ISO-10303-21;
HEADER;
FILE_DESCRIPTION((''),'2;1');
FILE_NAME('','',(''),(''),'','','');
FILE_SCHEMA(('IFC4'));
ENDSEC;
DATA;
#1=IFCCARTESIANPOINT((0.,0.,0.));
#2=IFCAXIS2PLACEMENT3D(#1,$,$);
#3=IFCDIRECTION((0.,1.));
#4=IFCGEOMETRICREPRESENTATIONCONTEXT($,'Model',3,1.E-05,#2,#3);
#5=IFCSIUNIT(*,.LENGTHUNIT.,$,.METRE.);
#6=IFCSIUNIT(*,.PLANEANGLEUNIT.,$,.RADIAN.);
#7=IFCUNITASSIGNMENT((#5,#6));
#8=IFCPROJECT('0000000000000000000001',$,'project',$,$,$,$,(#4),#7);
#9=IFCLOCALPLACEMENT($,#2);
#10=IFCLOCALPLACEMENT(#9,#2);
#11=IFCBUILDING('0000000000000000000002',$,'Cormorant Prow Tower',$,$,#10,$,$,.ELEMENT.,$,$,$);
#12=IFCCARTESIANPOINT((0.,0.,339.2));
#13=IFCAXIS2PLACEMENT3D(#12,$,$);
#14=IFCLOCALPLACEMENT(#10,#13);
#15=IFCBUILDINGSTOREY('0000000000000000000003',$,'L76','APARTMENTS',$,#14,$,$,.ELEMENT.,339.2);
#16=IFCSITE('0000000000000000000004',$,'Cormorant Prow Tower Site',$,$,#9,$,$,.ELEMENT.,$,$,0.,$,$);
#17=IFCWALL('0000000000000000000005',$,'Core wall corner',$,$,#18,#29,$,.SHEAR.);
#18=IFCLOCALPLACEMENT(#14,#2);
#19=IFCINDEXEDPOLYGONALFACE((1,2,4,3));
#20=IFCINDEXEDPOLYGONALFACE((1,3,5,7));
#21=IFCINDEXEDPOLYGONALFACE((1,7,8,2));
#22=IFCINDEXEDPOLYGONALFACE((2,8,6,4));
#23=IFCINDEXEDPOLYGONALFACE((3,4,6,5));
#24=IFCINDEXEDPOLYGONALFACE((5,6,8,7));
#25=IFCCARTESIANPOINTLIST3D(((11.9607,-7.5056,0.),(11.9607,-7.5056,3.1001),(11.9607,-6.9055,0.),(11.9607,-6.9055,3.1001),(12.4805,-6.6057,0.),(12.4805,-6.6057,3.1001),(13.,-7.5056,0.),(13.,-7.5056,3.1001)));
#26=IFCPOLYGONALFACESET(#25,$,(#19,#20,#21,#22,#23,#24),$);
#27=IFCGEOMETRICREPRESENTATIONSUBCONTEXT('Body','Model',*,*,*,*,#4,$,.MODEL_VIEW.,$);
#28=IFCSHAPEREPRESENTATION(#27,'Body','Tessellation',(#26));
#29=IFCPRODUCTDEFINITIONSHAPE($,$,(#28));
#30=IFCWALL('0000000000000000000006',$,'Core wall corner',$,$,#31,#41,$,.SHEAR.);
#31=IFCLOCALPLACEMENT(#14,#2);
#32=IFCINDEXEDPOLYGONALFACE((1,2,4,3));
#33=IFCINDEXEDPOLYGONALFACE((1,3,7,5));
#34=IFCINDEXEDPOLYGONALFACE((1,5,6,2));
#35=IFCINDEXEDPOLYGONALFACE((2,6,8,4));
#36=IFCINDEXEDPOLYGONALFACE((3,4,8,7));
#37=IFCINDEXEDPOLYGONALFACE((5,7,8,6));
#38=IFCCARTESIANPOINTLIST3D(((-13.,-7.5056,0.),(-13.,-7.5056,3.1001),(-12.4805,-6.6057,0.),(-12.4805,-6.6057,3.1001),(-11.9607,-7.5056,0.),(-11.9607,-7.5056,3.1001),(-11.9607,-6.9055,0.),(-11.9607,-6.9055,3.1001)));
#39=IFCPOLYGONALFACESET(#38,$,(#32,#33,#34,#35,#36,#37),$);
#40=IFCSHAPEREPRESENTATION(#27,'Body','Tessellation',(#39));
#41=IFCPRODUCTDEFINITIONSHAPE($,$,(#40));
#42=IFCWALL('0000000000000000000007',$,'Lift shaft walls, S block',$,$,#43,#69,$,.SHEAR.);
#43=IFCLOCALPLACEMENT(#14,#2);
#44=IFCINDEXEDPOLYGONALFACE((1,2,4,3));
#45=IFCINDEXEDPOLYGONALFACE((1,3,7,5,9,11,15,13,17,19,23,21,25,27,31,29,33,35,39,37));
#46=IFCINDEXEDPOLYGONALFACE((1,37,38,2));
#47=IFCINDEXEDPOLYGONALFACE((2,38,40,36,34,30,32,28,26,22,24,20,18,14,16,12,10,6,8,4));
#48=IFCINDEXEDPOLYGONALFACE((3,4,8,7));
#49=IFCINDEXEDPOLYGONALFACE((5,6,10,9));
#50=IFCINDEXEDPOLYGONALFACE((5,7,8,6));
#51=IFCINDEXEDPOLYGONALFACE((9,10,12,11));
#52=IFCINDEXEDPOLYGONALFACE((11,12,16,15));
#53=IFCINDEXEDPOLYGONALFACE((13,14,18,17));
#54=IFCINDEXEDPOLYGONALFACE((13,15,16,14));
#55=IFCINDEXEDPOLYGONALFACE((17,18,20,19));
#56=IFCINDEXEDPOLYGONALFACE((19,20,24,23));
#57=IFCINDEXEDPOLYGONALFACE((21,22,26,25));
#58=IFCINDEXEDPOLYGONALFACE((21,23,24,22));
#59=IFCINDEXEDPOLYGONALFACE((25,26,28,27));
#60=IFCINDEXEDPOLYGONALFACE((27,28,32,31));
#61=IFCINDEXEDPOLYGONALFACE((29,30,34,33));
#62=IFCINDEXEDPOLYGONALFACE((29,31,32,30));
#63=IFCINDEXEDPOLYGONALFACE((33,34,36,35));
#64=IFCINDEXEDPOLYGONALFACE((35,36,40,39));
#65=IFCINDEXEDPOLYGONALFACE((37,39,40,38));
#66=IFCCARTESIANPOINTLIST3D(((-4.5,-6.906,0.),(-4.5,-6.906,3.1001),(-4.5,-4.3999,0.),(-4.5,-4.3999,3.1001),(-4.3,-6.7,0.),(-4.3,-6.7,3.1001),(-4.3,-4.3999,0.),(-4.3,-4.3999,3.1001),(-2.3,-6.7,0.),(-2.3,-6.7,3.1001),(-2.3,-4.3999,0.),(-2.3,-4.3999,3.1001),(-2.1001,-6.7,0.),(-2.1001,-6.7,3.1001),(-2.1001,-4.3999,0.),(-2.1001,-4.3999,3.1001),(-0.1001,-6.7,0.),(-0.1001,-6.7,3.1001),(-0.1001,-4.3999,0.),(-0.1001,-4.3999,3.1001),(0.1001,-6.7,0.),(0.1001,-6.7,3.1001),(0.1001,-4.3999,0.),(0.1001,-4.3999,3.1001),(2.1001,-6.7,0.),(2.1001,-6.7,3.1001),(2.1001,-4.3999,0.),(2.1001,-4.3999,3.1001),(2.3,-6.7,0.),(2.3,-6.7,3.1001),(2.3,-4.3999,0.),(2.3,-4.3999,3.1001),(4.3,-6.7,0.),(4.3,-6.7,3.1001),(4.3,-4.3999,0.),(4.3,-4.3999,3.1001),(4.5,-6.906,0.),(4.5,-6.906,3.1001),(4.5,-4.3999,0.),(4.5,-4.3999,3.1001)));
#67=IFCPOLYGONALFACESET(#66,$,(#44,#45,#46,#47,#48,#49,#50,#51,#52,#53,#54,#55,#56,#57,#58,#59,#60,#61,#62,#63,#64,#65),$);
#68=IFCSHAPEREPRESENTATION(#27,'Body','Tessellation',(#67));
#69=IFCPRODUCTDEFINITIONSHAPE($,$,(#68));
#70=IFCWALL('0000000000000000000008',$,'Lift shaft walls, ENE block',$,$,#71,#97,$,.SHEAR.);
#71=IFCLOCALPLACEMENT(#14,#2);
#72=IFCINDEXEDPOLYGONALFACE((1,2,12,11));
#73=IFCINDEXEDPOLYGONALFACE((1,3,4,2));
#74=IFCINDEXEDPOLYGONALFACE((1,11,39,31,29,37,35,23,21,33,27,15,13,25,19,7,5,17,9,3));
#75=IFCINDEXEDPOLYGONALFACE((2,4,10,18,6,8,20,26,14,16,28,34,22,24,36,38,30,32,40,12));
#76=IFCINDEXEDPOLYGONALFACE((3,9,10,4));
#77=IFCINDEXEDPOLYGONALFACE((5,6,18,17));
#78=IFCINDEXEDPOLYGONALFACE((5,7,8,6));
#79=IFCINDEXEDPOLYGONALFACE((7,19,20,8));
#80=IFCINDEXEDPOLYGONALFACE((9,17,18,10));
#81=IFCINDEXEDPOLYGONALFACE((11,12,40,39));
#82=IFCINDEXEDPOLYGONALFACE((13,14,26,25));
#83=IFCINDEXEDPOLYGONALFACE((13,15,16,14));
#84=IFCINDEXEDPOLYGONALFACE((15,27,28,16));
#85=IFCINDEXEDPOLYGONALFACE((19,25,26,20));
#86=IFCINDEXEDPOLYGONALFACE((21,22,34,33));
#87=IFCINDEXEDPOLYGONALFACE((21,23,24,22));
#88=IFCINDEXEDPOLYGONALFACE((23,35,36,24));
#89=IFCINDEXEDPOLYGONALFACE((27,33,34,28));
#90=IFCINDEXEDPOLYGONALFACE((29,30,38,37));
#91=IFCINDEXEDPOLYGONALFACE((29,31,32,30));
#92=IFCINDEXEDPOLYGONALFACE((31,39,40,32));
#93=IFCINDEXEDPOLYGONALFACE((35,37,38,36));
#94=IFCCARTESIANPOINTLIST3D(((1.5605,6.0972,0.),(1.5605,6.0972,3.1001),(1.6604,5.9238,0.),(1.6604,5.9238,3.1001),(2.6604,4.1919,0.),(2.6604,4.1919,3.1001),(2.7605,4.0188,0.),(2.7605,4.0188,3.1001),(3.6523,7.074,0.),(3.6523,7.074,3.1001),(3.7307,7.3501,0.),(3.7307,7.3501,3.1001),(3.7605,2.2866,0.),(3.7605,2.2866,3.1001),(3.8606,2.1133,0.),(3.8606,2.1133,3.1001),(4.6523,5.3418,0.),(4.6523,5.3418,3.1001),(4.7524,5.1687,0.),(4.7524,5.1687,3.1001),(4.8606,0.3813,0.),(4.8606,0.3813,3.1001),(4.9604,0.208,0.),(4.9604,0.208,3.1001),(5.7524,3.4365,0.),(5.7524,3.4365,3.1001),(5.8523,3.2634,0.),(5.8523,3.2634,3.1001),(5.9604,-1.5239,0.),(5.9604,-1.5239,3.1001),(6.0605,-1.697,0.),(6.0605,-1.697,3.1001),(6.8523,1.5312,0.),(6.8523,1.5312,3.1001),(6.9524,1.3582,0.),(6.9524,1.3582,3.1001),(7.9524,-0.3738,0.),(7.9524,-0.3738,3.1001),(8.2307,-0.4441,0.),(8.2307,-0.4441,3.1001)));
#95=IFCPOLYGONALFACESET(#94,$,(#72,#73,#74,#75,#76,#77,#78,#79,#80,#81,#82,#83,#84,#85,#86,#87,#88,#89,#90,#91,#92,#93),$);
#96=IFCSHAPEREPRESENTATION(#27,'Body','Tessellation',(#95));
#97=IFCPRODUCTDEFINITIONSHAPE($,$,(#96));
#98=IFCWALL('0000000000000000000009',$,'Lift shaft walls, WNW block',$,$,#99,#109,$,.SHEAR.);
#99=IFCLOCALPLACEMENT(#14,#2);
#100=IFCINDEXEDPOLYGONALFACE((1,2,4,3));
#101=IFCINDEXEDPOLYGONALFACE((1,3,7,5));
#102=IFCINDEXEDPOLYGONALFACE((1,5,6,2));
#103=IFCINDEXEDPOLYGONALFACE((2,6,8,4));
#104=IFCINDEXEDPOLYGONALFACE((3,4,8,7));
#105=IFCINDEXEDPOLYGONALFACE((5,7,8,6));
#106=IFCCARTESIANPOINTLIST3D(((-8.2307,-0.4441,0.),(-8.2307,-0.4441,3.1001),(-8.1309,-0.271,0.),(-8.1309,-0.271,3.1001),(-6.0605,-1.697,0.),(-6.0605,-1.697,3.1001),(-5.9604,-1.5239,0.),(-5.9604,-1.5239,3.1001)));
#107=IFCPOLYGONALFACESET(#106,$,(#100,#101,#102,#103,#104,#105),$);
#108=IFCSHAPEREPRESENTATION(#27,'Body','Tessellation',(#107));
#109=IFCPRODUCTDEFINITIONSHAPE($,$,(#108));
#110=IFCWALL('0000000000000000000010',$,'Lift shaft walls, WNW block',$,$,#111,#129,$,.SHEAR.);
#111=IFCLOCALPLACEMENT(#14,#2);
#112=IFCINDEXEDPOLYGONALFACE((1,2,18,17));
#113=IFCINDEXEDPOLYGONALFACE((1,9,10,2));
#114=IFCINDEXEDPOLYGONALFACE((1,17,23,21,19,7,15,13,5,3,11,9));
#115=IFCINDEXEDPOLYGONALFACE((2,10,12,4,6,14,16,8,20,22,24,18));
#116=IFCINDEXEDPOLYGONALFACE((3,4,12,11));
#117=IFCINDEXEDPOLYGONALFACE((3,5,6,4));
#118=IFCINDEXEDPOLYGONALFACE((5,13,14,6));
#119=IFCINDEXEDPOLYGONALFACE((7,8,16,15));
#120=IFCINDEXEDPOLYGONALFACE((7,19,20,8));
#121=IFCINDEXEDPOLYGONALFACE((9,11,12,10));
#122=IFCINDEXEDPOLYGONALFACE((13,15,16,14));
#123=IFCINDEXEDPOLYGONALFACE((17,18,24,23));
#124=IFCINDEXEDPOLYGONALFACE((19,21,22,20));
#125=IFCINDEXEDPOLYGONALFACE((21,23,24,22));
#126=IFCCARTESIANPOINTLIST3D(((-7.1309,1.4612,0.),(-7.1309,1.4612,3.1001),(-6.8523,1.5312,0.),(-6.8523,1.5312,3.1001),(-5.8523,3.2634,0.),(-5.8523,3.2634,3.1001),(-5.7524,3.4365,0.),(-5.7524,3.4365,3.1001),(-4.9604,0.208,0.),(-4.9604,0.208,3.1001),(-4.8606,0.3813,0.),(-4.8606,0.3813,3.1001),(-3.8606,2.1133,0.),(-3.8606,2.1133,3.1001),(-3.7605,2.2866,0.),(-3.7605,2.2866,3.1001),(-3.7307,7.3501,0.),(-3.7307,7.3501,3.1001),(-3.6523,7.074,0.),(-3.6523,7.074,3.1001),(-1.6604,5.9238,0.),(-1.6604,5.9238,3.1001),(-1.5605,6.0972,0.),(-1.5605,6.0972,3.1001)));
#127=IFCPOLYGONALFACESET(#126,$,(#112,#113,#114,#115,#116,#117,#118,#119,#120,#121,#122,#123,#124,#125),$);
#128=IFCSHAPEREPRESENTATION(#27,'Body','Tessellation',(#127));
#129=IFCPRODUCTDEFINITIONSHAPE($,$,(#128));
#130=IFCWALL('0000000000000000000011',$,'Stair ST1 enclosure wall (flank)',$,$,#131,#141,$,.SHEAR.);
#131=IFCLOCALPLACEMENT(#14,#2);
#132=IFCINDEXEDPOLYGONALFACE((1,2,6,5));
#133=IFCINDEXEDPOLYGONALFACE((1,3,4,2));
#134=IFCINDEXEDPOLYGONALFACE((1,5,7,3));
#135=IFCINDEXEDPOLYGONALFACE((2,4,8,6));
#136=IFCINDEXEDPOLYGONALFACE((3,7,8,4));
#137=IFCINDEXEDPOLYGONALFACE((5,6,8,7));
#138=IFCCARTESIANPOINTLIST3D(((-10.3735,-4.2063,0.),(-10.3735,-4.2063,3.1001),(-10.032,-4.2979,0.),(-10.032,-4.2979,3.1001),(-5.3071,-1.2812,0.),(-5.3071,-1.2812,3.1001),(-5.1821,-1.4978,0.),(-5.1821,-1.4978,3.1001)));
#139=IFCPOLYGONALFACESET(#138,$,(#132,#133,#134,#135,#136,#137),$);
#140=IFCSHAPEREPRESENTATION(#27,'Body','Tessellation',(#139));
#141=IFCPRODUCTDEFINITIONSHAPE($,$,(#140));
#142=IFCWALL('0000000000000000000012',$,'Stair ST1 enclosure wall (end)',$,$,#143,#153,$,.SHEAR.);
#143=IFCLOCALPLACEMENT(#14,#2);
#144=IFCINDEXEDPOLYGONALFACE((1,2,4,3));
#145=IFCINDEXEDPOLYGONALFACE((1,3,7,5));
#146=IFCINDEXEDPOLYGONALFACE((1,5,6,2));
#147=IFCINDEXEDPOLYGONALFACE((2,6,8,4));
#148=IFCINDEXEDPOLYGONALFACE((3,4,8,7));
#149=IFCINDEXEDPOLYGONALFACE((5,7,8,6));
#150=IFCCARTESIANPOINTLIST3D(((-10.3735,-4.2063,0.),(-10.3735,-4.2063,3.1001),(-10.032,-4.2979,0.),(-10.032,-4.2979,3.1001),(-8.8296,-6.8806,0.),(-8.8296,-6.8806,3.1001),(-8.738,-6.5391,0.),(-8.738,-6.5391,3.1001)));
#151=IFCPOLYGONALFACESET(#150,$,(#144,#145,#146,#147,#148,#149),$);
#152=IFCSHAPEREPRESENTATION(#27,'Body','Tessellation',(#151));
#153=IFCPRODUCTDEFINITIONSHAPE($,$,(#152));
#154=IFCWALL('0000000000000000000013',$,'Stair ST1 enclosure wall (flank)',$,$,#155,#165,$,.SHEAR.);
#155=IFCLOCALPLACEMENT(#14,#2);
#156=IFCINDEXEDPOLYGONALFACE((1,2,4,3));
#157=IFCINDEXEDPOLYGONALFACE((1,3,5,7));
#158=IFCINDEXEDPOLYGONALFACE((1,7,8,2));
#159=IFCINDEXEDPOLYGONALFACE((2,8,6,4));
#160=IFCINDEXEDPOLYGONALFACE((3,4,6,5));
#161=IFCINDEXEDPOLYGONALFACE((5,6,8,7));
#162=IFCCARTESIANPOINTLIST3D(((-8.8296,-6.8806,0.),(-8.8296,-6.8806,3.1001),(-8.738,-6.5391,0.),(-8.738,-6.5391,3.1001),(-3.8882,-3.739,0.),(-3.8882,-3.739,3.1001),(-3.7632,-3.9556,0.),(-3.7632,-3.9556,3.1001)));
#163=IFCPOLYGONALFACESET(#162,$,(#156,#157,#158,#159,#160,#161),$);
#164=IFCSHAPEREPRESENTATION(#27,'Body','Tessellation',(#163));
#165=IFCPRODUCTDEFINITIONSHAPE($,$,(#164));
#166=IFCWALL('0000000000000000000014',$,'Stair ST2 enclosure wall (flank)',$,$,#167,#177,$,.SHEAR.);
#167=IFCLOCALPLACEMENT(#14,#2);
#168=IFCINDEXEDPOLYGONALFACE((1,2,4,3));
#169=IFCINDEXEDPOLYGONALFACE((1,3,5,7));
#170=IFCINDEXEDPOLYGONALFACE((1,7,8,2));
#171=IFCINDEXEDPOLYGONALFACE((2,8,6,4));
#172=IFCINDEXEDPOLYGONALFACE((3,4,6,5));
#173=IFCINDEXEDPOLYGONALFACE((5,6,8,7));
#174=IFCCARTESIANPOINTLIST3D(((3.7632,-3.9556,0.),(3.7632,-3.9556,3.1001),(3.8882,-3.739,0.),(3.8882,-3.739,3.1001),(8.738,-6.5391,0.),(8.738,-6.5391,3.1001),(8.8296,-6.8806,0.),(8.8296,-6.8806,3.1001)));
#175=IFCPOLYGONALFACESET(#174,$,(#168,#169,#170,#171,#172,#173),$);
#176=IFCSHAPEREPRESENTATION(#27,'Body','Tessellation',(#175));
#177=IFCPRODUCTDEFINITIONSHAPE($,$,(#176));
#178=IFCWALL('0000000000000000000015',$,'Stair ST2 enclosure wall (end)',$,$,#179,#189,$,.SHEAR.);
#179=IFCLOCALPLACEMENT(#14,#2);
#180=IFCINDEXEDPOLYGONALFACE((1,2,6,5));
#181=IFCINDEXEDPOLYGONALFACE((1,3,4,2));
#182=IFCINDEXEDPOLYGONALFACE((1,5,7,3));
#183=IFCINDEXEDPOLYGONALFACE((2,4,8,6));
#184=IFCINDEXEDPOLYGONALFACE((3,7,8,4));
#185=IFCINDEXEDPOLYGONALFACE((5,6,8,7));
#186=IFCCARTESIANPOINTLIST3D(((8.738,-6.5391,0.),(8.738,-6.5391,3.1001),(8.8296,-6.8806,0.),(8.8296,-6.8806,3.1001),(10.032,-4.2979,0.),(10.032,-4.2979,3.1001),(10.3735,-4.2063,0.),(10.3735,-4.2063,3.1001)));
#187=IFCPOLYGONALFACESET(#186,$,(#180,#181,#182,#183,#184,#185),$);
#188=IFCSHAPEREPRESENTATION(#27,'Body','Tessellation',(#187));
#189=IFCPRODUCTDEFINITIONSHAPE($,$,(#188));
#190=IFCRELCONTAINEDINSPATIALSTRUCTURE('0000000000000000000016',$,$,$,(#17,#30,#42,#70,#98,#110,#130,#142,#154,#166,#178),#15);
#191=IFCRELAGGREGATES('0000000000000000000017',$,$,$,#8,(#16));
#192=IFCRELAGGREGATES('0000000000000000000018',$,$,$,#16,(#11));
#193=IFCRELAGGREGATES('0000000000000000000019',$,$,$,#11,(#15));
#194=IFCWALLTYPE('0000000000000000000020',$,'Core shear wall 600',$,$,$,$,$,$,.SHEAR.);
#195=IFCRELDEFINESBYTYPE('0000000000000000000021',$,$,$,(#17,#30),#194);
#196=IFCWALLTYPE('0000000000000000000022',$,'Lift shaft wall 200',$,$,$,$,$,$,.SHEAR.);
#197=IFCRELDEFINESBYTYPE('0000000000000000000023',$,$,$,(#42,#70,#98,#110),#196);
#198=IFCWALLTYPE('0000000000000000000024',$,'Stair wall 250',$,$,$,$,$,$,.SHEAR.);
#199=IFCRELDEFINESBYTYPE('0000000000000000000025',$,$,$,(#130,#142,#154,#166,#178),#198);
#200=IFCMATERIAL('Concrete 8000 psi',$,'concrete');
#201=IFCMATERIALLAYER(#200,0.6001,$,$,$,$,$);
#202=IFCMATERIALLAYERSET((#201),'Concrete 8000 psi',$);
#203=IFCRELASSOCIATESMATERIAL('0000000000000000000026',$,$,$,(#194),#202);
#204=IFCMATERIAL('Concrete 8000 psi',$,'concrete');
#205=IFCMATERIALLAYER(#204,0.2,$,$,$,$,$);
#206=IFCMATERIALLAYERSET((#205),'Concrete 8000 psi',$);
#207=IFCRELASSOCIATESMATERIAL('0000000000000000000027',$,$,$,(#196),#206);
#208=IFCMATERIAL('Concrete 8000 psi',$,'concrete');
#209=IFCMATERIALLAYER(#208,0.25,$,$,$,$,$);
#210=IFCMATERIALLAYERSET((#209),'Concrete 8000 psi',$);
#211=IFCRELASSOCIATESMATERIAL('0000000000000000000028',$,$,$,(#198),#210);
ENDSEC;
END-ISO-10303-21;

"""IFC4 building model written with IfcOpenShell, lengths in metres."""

from ifc_helpers import new_model, si_unit, direction, frame, origin, place, context, subcontext, project, spatial, polyline, outline, extrude, material, layer, layer_set, type_object, element, save


model = new_model("IFC4")

# Units and contexts
model_context = context("Model", 3, precision=1e-05, world=origin(), true_north=direction((0.0, 1.0)))
body_context = subcontext(model_context, "Body", "Model", "MODEL_VIEW")
ifc_project = project(units=[si_unit("LENGTHUNIT", "METRE"), si_unit("PLANEANGLEUNIT", "RADIAN")], contexts=[model_context])

# Site, building, storey
site_placement = place(None, origin())
site = spatial("IfcSite", under=ifc_project, at=site_placement, Name="Cormorant Prow Tower Site", CompositionType="ELEMENT", RefElevation=0.0)
building_placement = place(site_placement, origin())
building = spatial("IfcBuilding", under=site, at=building_placement, Name="Cormorant Prow Tower", CompositionType="ELEMENT")
storey_placement = place(building_placement, frame((0.0, 0.0, 339.2)))
storey = spatial("IfcBuildingStorey", under=building, at=storey_placement, Name="L76", Description="APARTMENTS", CompositionType="ELEMENT", Elevation=339.2)

# Walls
ifc_material_1 = material(Name="Concrete 8000 psi", Category="concrete")
ifc_layer_1 = layer(ifc_material_1, 0.6001)
ifc_layer_set_1 = layer_set([ifc_layer_1], Name="Concrete 8000 psi")
wall_type_1 = type_object("IfcWallType", Name="Core shear wall 600", PredefinedType="SHEAR", material=ifc_layer_set_1)
wall_1_placement = place(storey_placement, origin())
element("IfcWall", 1, at=wall_1_placement, inside=storey, type_object=wall_type_1, Name="Core wall corner", PredefinedType="SHEAR", context=body_context, shape_type="SweptSolid", body=[
    extrude(outline(polyline([(11.9607, -7.5056), (11.9607, -6.9055), (12.4805, -6.6057), (13.0, -7.5056), (11.9607, -7.5056)])), origin(), (0.0, 0.0, 1.0), 3.1001),
])
wall_2_placement = place(storey_placement, origin())
element("IfcWall", 2, at=wall_2_placement, inside=storey, type_object=wall_type_1, Name="Core wall corner", PredefinedType="SHEAR", context=body_context, shape_type="SweptSolid", body=[
    extrude(outline(polyline([(-12.4805, -6.6057), (-11.9607, -6.9055), (-11.9607, -7.5056), (-13.0, -7.5056), (-12.4805, -6.6057)])), origin(), (0.0, 0.0, 1.0), 3.1001),
])
ifc_material_2 = material(Name="Concrete 8000 psi", Category="concrete")
ifc_layer_2 = layer(ifc_material_2, 0.2)
ifc_layer_set_2 = layer_set([ifc_layer_2], Name="Concrete 8000 psi")
wall_type_2 = type_object("IfcWallType", Name="Lift shaft wall 200", PredefinedType="SHEAR", material=ifc_layer_set_2)
wall_3_placement = place(storey_placement, origin())
element("IfcWall", 3, at=wall_3_placement, inside=storey, type_object=wall_type_2, Name="Lift shaft walls, S block", PredefinedType="SHEAR", context=body_context, shape_type="SweptSolid", body=[
    extrude(outline(polyline([(4.5, -4.3999), (4.5, -6.906), (-4.5, -6.906), (-4.5, -4.3999), (-4.3, -4.3999), (-4.3, -6.7), (-2.3, -6.7), (-2.3, -4.3999), (-2.1001, -4.3999), (-2.1001, -6.7), (-0.1001, -6.7), (-0.1001, -4.3999), (0.1001, -4.3999), (0.1001, -6.7), (2.1001, -6.7), (2.1001, -4.3999), (2.3, -4.3999), (2.3, -6.7), (4.3, -6.7), (4.3, -4.3999), (4.5, -4.3999)])), origin(), (0.0, 0.0, 1.0), 3.1001),
])
wall_4_placement = place(storey_placement, origin())
element("IfcWall", 4, at=wall_4_placement, inside=storey, type_object=wall_type_2, Name="Lift shaft walls, ENE block", PredefinedType="SHEAR", context=body_context, shape_type="SweptSolid", body=[
    extrude(outline(polyline([(1.5605, 6.0972), (3.7307, 7.3501), (8.2307, -0.4441), (6.0605, -1.697), (5.9604, -1.5239), (7.9524, -0.3738), (6.9524, 1.3582), (4.9604, 0.208), (4.8606, 0.3813), (6.8523, 1.5312), (5.8523, 3.2634), (3.8606, 2.1133), (3.7605, 2.2866), (5.7524, 3.4365), (4.7524, 5.1687), (2.7605, 4.0188), (2.6604, 4.1919), (4.6523, 5.3418), (3.6523, 7.074), (1.6604, 5.9238), (1.5605, 6.0972)])), origin(), (0.0, 0.0, 1.0), 3.1001),
])
wall_5_placement = place(storey_placement, origin())
element("IfcWall", 5, at=wall_5_placement, inside=storey, type_object=wall_type_2, Name="Lift shaft walls, WNW block", PredefinedType="SHEAR", context=body_context, shape_type="SweptSolid", body=[
    extrude(outline(polyline([(-6.0605, -1.697), (-8.2307, -0.4441), (-8.1309, -0.271), (-5.9604, -1.5239), (-6.0605, -1.697)])), origin(), (0.0, 0.0, 1.0), 3.1001),
])
wall_6_placement = place(storey_placement, origin())
element("IfcWall", 6, at=wall_6_placement, inside=storey, type_object=wall_type_2, Name="Lift shaft walls, WNW block", PredefinedType="SHEAR", context=body_context, shape_type="SweptSolid", body=[
    extrude(outline(polyline([(-4.9604, 0.208), (-7.1309, 1.4612), (-3.7307, 7.3501), (-1.5605, 6.0972), (-1.6604, 5.9238), (-3.6523, 7.074), (-5.7524, 3.4365), (-3.7605, 2.2866), (-3.8606, 2.1133), (-5.8523, 3.2634), (-6.8523, 1.5312), (-4.8606, 0.3813), (-4.9604, 0.208)])), origin(), (0.0, 0.0, 1.0), 3.1001),
])
ifc_material_3 = material(Name="Concrete 8000 psi", Category="concrete")
ifc_layer_3 = layer(ifc_material_3, 0.25)
ifc_layer_set_3 = layer_set([ifc_layer_3], Name="Concrete 8000 psi")
wall_type_3 = type_object("IfcWallType", Name="Stair wall 250", PredefinedType="SHEAR", material=ifc_layer_set_3)
wall_7_placement = place(storey_placement, origin())
element("IfcWall", 7, at=wall_7_placement, inside=storey, type_object=wall_type_3, Name="Stair ST1 enclosure wall (flank)", PredefinedType="SHEAR", context=body_context, shape_type="SweptSolid", body=[
    extrude(outline(polyline([(-5.3071, -1.2812), (-10.3735, -4.2063), (-10.032, -4.2979), (-5.1821, -1.4978), (-5.3071, -1.2812)])), origin(), (0.0, 0.0, 1.0), 3.1001),
])
wall_8_placement = place(storey_placement, origin())
element("IfcWall", 8, at=wall_8_placement, inside=storey, type_object=wall_type_3, Name="Stair ST1 enclosure wall (end)", PredefinedType="SHEAR", context=body_context, shape_type="SweptSolid", body=[
    extrude(outline(polyline([(-10.3735, -4.2063), (-8.8296, -6.8806), (-8.738, -6.5391), (-10.032, -4.2979), (-10.3735, -4.2063)])), origin(), (0.0, 0.0, 1.0), 3.1001),
])
wall_9_placement = place(storey_placement, origin())
element("IfcWall", 9, at=wall_9_placement, inside=storey, type_object=wall_type_3, Name="Stair ST1 enclosure wall (flank)", PredefinedType="SHEAR", context=body_context, shape_type="SweptSolid", body=[
    extrude(outline(polyline([(-8.738, -6.5391), (-8.8296, -6.8806), (-3.7632, -3.9556), (-3.8882, -3.739), (-8.738, -6.5391)])), origin(), (0.0, 0.0, 1.0), 3.1001),
])
wall_10_placement = place(storey_placement, origin())
element("IfcWall", 10, at=wall_10_placement, inside=storey, type_object=wall_type_3, Name="Stair ST2 enclosure wall (flank)", PredefinedType="SHEAR", context=body_context, shape_type="SweptSolid", body=[
    extrude(outline(polyline([(3.7632, -3.9556), (8.8296, -6.8806), (8.738, -6.5391), (3.8882, -3.739), (3.7632, -3.9556)])), origin(), (0.0, 0.0, 1.0), 3.1001),
])
wall_11_placement = place(storey_placement, origin())
element("IfcWall", 11, at=wall_11_placement, inside=storey, type_object=wall_type_3, Name="Stair ST2 enclosure wall (end)", PredefinedType="SHEAR", context=body_context, shape_type="SweptSolid", body=[
    extrude(outline(polyline([(8.8296, -6.8806), (10.3735, -4.2063), (10.032, -4.2979), (8.738, -6.5391), (8.8296, -6.8806)])), origin(), (0.0, 0.0, 1.0), 3.1001),
])

save(model, "model.ifc")
